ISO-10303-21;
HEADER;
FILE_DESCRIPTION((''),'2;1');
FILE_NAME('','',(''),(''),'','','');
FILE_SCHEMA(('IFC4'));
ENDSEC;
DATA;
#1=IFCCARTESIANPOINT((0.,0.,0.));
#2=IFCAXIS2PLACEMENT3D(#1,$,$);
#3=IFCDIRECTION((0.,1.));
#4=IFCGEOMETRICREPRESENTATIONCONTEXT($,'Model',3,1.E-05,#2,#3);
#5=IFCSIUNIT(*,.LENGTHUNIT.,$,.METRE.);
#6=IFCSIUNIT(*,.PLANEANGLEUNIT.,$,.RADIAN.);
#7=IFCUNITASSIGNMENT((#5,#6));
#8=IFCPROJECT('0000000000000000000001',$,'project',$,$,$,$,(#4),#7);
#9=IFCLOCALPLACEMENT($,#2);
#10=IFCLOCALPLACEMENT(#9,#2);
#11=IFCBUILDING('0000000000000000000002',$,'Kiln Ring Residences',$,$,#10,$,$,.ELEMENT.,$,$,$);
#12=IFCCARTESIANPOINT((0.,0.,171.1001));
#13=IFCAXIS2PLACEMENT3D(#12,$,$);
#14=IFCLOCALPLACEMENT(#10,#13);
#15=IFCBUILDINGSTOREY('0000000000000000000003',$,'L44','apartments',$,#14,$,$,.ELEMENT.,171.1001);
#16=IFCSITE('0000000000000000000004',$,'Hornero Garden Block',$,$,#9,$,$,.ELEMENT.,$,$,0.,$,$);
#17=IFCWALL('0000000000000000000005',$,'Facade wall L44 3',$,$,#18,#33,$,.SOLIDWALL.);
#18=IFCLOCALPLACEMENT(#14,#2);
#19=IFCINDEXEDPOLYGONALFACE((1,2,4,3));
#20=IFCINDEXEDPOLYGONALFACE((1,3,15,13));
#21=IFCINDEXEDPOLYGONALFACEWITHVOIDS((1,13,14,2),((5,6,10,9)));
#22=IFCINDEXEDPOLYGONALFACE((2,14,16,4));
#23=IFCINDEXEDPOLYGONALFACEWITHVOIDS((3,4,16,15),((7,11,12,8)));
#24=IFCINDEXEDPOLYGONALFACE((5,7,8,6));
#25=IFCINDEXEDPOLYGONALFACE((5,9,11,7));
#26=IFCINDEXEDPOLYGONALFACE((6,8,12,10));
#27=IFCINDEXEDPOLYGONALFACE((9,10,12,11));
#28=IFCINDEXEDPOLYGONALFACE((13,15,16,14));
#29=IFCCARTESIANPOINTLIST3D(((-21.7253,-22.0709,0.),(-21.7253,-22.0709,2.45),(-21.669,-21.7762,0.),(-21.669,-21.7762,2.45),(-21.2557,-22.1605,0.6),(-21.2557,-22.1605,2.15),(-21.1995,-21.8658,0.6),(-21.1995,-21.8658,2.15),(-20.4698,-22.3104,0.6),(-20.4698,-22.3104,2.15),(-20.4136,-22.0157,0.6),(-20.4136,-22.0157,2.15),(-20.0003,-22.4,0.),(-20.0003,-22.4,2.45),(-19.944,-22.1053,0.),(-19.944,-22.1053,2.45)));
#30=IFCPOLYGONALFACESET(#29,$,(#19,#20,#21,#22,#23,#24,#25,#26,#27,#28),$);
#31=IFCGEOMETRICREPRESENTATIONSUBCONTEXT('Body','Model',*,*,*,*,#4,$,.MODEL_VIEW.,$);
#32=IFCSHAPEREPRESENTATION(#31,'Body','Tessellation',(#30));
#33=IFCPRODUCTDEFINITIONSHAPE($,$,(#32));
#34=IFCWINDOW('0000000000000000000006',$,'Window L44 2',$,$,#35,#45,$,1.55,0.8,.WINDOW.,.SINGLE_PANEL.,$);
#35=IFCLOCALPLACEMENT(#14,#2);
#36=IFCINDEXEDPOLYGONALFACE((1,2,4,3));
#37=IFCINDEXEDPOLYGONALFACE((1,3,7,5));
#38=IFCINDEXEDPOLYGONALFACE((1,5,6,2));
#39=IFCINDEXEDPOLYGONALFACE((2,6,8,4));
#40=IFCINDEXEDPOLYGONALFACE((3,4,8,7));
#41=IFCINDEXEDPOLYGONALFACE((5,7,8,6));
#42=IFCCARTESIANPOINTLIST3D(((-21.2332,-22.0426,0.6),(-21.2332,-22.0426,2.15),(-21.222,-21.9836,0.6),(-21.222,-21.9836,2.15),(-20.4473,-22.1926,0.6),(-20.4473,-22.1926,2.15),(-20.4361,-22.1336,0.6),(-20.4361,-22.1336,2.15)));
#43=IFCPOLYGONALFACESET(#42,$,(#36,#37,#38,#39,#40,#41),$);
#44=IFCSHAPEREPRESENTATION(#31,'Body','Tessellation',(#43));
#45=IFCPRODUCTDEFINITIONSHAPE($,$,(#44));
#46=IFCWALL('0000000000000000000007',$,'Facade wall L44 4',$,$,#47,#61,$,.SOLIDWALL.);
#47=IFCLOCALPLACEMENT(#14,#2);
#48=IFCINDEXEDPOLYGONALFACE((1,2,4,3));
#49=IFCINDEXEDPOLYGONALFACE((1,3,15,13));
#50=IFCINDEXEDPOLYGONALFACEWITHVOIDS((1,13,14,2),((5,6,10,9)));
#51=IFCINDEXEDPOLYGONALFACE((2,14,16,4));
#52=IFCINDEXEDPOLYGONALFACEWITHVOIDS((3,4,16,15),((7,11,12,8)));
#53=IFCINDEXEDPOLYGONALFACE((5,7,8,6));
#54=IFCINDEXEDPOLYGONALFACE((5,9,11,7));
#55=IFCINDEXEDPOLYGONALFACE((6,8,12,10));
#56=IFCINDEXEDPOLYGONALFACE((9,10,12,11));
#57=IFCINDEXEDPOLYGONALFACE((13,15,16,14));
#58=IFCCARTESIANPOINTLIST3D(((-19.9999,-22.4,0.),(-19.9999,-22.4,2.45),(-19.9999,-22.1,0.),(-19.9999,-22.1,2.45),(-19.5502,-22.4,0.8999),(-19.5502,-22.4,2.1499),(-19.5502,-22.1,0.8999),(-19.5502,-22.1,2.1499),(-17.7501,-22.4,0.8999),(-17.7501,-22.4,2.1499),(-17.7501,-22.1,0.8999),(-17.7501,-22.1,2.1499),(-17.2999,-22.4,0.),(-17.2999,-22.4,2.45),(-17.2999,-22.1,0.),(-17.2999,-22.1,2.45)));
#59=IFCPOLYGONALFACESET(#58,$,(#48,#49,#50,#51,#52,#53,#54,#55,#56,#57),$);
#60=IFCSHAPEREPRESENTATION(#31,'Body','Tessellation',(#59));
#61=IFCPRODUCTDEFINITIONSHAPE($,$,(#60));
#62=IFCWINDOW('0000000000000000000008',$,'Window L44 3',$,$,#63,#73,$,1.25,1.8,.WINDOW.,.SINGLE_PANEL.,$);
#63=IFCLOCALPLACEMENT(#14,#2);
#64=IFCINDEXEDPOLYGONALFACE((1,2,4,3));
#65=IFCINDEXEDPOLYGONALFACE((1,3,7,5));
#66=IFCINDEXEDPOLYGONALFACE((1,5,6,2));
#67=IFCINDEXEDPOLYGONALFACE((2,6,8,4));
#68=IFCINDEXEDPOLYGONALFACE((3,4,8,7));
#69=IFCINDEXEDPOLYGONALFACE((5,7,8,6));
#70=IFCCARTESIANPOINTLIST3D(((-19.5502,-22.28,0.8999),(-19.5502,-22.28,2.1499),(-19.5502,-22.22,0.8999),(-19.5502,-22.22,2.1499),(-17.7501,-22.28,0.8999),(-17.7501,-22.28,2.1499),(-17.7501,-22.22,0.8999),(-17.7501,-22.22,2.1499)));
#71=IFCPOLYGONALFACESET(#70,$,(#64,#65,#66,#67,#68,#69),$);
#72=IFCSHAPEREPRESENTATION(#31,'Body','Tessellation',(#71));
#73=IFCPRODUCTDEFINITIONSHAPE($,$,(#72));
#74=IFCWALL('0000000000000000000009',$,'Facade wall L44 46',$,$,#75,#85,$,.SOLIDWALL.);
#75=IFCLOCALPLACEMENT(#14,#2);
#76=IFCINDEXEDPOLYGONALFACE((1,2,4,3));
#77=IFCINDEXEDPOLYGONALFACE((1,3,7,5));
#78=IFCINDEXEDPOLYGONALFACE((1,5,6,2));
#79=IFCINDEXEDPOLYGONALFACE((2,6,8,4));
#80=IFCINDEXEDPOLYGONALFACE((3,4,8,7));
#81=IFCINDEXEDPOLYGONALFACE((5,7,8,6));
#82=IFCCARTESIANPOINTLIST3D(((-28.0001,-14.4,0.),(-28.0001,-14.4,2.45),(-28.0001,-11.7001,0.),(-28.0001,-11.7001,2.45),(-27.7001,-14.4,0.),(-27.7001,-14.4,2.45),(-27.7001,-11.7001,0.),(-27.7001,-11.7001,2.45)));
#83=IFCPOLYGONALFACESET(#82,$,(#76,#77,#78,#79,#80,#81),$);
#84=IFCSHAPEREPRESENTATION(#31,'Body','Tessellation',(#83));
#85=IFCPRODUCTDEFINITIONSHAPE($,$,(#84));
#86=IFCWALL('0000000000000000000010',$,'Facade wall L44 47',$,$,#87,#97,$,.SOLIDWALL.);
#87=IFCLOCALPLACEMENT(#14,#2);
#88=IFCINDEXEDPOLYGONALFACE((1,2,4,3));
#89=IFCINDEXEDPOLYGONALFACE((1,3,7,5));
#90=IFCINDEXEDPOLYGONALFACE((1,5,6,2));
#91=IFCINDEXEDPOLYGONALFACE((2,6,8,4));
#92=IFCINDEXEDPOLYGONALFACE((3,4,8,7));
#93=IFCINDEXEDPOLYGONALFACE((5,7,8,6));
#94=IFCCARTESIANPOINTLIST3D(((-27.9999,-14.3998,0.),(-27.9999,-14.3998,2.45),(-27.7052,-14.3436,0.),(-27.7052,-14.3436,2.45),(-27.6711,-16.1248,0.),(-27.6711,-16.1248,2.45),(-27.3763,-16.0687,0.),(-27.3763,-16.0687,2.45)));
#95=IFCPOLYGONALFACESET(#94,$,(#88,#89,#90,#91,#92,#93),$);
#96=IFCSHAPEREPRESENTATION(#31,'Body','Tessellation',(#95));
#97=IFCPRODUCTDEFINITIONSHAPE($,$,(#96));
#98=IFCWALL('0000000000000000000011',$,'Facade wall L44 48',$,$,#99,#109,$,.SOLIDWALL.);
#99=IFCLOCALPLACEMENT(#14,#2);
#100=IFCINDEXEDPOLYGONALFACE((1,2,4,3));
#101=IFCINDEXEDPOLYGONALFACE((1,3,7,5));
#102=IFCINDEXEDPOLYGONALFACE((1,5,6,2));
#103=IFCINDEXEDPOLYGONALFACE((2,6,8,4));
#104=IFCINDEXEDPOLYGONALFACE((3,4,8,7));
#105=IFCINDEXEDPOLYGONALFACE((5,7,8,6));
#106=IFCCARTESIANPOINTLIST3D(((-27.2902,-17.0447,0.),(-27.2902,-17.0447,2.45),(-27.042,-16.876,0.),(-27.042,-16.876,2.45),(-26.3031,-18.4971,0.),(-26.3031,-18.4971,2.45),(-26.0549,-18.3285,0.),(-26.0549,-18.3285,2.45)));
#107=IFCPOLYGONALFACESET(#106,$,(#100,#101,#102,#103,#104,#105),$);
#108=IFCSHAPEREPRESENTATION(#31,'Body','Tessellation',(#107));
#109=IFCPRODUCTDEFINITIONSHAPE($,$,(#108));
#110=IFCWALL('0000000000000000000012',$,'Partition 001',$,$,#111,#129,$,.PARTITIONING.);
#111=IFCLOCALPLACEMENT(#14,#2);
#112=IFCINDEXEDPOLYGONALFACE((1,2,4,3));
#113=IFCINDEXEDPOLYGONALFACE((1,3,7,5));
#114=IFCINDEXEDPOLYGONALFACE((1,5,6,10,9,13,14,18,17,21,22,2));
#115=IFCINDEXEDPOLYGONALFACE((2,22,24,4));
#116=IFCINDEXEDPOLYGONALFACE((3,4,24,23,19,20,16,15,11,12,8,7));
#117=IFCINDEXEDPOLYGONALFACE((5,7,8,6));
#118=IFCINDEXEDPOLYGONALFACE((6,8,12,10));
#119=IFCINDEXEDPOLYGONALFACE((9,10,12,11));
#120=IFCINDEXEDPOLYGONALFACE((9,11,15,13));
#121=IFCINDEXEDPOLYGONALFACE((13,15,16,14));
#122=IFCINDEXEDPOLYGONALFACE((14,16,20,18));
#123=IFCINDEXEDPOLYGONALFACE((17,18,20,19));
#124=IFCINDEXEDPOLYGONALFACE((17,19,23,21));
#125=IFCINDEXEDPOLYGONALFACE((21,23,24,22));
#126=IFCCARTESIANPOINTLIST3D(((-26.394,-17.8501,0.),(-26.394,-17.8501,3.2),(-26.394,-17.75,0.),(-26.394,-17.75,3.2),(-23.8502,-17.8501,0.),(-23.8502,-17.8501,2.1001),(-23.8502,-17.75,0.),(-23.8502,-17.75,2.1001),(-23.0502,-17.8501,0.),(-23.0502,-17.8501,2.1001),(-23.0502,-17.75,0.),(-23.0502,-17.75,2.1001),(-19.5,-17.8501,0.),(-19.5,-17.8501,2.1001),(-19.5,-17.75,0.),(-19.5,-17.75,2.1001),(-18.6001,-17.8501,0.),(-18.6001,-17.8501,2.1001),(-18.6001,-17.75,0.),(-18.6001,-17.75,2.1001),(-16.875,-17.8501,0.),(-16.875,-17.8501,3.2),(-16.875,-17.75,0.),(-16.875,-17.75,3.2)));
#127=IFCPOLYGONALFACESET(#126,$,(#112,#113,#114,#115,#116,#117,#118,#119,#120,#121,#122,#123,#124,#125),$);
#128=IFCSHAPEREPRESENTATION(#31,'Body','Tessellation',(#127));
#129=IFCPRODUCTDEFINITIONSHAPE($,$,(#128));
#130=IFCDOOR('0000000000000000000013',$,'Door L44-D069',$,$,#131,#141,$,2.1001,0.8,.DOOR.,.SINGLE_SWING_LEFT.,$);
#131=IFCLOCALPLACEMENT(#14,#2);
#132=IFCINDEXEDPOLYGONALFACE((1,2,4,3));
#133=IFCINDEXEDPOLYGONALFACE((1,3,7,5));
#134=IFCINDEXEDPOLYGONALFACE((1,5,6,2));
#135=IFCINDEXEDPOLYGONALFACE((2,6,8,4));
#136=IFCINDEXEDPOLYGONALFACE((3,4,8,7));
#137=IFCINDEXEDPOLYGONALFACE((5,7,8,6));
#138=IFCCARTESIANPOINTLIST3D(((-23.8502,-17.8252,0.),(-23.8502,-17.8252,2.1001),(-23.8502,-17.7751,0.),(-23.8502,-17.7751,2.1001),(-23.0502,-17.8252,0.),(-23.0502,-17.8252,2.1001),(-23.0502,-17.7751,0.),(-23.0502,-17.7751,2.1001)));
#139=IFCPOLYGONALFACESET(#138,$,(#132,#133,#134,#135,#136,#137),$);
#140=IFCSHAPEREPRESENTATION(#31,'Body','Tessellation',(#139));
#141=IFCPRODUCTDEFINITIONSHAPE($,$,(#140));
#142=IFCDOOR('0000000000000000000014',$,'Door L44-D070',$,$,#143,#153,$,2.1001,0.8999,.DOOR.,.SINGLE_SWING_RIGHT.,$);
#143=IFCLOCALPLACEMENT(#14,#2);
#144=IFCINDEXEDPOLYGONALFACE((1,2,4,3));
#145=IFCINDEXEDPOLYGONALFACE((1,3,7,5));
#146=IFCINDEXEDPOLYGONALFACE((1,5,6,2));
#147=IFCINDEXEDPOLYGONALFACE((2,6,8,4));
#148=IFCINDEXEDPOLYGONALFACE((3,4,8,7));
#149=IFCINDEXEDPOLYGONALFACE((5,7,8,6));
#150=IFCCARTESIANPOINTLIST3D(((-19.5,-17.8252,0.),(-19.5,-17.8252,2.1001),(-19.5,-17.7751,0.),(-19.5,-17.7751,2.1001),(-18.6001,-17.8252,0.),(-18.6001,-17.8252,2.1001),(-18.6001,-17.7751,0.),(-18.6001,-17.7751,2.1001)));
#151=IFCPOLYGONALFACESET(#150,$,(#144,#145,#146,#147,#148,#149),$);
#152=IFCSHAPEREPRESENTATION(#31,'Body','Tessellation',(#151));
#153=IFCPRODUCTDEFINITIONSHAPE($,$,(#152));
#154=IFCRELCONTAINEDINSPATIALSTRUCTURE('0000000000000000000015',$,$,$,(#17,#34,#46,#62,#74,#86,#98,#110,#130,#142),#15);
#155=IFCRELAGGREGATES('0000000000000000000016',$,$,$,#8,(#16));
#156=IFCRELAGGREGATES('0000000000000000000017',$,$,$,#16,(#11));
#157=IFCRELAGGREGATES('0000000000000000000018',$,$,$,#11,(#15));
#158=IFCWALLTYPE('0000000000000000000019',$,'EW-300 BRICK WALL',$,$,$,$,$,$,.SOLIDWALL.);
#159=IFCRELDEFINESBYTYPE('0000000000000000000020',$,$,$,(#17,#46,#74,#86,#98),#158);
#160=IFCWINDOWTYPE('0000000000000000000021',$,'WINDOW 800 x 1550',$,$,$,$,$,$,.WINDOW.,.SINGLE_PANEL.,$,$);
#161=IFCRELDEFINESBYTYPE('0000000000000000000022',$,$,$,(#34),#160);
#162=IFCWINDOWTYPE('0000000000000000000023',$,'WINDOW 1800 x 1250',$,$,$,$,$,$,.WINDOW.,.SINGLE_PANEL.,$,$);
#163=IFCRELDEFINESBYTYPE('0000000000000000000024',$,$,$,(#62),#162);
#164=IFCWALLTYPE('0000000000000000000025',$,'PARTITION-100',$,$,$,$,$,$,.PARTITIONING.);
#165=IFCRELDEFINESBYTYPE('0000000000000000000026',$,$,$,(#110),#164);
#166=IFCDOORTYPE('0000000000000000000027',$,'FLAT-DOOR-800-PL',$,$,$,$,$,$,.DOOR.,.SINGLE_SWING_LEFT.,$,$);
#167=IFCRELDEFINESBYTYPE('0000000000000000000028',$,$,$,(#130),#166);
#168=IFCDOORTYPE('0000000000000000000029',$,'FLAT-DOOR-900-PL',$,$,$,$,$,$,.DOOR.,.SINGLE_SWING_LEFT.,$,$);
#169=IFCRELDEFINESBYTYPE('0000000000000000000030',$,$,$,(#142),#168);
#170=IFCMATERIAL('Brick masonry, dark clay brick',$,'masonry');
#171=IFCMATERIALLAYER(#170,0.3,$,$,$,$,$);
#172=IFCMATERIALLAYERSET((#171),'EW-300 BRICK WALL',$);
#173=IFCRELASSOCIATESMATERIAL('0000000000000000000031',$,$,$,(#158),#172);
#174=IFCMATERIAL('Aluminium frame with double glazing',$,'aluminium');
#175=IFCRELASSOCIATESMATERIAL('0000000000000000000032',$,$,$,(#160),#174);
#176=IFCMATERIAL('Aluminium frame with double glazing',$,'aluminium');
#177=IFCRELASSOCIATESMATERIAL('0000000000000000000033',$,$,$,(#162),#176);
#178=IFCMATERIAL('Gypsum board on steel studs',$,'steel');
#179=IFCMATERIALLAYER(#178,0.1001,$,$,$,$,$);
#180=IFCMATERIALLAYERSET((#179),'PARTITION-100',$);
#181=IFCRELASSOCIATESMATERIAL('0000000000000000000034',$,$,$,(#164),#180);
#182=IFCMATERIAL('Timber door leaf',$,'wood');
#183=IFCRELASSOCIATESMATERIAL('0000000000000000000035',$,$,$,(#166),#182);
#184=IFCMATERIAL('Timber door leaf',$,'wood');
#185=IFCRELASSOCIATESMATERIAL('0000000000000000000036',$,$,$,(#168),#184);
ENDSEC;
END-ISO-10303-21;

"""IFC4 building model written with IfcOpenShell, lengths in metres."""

from ifc_helpers import new_model, si_unit, direction, frame, frame_2d, origin, place, context, subcontext, project, spatial, rectangle, extrude, material, layer, layer_set, type_object, element, fill, save


model = new_model("IFC4")

# Units and contexts
model_context = context("Model", 3, precision=1e-05, world=origin(), true_north=direction((0.0, 1.0)))
body_context = subcontext(model_context, "Body", "Model", "MODEL_VIEW")
ifc_project = project(units=[si_unit("LENGTHUNIT", "METRE"), si_unit("PLANEANGLEUNIT", "RADIAN")], contexts=[model_context])

# Site, building, storey
site_placement = place(None, origin())
site = spatial("IfcSite", under=ifc_project, at=site_placement, Name="Hornero Garden Block", CompositionType="ELEMENT", RefElevation=0.0)
building_placement = place(site_placement, origin())
building = spatial("IfcBuilding", under=site, at=building_placement, Name="Kiln Ring Residences", CompositionType="ELEMENT")
storey_placement = place(building_placement, frame((0.0, 0.0, 171.1001)))
storey = spatial("IfcBuildingStorey", under=building, at=storey_placement, Name="L44", Description="apartments", CompositionType="ELEMENT", Elevation=171.1001)

# Shared definitions
ifc_material_1 = material(Name="Brick masonry, dark clay brick", Category="masonry")
ifc_layer_1 = layer(ifc_material_1, 0.3)
ifc_layer_set_1 = layer_set([ifc_layer_1], Name="EW-300 BRICK WALL")
wall_type_1 = type_object("IfcWallType", Name="EW-300 BRICK WALL", PredefinedType="SOLIDWALL", material=ifc_layer_set_1)

# Walls, openings, windows
wall_1_placement = place(storey_placement, frame((-21.697, -21.9236, 0.0), z_axis=(0.0, 0.0, 1.0), x_axis=(0.982285, -0.187393, 0.0)))
wall_1 = element("IfcWall", 1, at=wall_1_placement, inside=storey, type_object=wall_type_1, Name="Facade wall L44 3", PredefinedType="SOLIDWALL", context=body_context, shape_type="SweptSolid", body=[
    extrude(rectangle(XDim=1.7561, YDim=0.3, at=frame_2d((0.8779, 0.0))), origin(), (0.0, 0.0, 1.0), 2.45),
])
opening_1_placement = place(wall_1_placement, frame((0.478, 0.0, 0.6001)))
opening_1 = element("IfcOpeningElement", 2, at=opening_1_placement, cuts=wall_1, PredefinedType="OPENING", context=body_context, shape_type="SweptSolid", body=[
    extrude(rectangle(XDim=0.8, YDim=1.55, at=frame_2d((0.3999, 0.7749))), frame((0.0, 0.1599, 0.0), z_axis=(0.0, -1.0, 0.0), x_axis=(1.0, 0.0, 0.0)), (0.0, 0.0, 1.0), 0.3201),
])
ifc_material_2 = material(Name="Aluminium frame with double glazing", Category="aluminium")
window_type_1 = type_object("IfcWindowType", Name="WINDOW 800 x 1550", PartitioningType="SINGLE_PANEL", PredefinedType="WINDOW", material=ifc_material_2)
window_1_placement = place(opening_1_placement, origin())
window_1 = element("IfcWindow", 3, at=window_1_placement, inside=storey, type_object=window_type_1, Name="Window L44 2", OverallHeight=1.55, OverallWidth=0.8, PartitioningType="SINGLE_PANEL", PredefinedType="WINDOW", context=body_context, shape_type="SweptSolid", body=[
    extrude(rectangle(XDim=0.8, YDim=1.55, at=frame_2d((0.3999, 0.7749))), frame((0.0, 0.03, 0.0), z_axis=(0.0, -1.0, 0.0), x_axis=(1.0, 0.0, 0.0)), (0.0, 0.0, 1.0), 0.0601),
])
fill(opening_1, window_1)
wall_2_placement = place(storey_placement, frame((-20.0, -22.25, 0.0), z_axis=(0.0, 0.0, 1.0), x_axis=(1.0, 0.0, 0.0)))
wall_2 = element("IfcWall", 4, at=wall_2_placement, inside=storey, type_object=wall_type_1, Name="Facade wall L44 4", PredefinedType="SOLIDWALL", context=body_context, shape_type="SweptSolid", body=[
    extrude(rectangle(XDim=2.7, YDim=0.3, at=frame_2d((1.3501, 0.0))), origin(), (0.0, 0.0, 1.0), 2.45),
])
opening_2_placement = place(wall_2_placement, frame((0.45, 0.0, 0.8999)))
opening_2 = element("IfcOpeningElement", 5, at=opening_2_placement, cuts=wall_2, PredefinedType="OPENING", context=body_context, shape_type="SweptSolid", body=[
    extrude(rectangle(XDim=1.8, YDim=1.25, at=frame_2d((0.8999, 0.625))), frame((0.0, 0.1599, 0.0), z_axis=(0.0, -1.0, 0.0), x_axis=(1.0, 0.0, 0.0)), (0.0, 0.0, 1.0), 0.3201),
])
ifc_material_3 = material(Name="Aluminium frame with double glazing", Category="aluminium")
window_type_2 = type_object("IfcWindowType", Name="WINDOW 1800 x 1250", PartitioningType="SINGLE_PANEL", PredefinedType="WINDOW", material=ifc_material_3)
window_2_placement = place(opening_2_placement, origin())
window_2 = element("IfcWindow", 6, at=window_2_placement, inside=storey, type_object=window_type_2, Name="Window L44 3", OverallHeight=1.25, OverallWidth=1.8, PartitioningType="SINGLE_PANEL", PredefinedType="WINDOW", context=body_context, shape_type="SweptSolid", body=[
    extrude(rectangle(XDim=1.8, YDim=1.25, at=frame_2d((0.8999, 0.625))), frame((0.0, 0.03, 0.0), z_axis=(0.0, -1.0, 0.0), x_axis=(1.0, 0.0, 0.0)), (0.0, 0.0, 1.0), 0.0601),
])
fill(opening_2, window_2)

# Walls
wall_3_placement = place(storey_placement, frame((-27.8501, -11.7, 0.0), z_axis=(0.0, 0.0, 1.0), x_axis=(0.0, -1.0, 0.0)))
element("IfcWall", 7, at=wall_3_placement, inside=storey, type_object=wall_type_1, Name="Facade wall L44 46", PredefinedType="SOLIDWALL", context=body_context, shape_type="SweptSolid", body=[
    extrude(rectangle(XDim=2.7, YDim=0.3, at=frame_2d((1.3501, 0.0))), origin(), (0.0, 0.0, 1.0), 2.45),
])
for number, where, z_axis, x_axis, name in (
    (8, (-27.8525, -14.3718, 0.0), (0.0, 0.0, 1.0), (0.187259, -0.982311, 0.0), "Facade wall L44 47"),
    (9, (-27.166, -16.9604, 0.0), (0.0, 0.0, 1.0), (0.562089, -0.827076, 0.0), "Facade wall L44 48"),
):
    element("IfcWall", number, at=place(storey_placement, frame(where, z_axis=z_axis, x_axis=x_axis)), inside=storey, type_object=wall_type_1, Name=name, PredefinedType="SOLIDWALL", context=body_context, shape_type="SweptSolid", body=[
        extrude(rectangle(XDim=1.7561, YDim=0.3, at=frame_2d((0.8779, 0.0))), origin(), (0.0, 0.0, 1.0), 2.45),
    ])

# Wall, openings, doors
ifc_material_4 = material(Name="Gypsum board on steel studs", Category="steel")
ifc_layer_2 = layer(ifc_material_4, 0.1001)
ifc_layer_set_2 = layer_set([ifc_layer_2], Name="PARTITION-100")
wall_type_2 = type_object("IfcWallType", Name="PARTITION-100", PredefinedType="PARTITIONING", material=ifc_layer_set_2)
wall_4_placement = place(storey_placement, frame((-26.394, -17.8, 0.0), z_axis=(0.0, 0.0, 1.0), x_axis=(1.0, 0.0, 0.0)))
wall_4 = element("IfcWall", 10, at=wall_4_placement, inside=storey, type_object=wall_type_2, Name="Partition 001", PredefinedType="PARTITIONING", context=body_context, shape_type="SweptSolid", body=[
    extrude(rectangle(XDim=9.519, YDim=0.1001, at=frame_2d((4.7595, 0.0))), origin(), (0.0, 0.0, 1.0), 3.2),
])
opening_3_placement = place(wall_4_placement, frame((2.5439, 0.0, 0.0)))
opening_3 = element("IfcOpeningElement", 11, at=opening_3_placement, cuts=wall_4, PredefinedType="OPENING", context=body_context, shape_type="SweptSolid", body=[
    extrude(rectangle(XDim=0.8, YDim=2.1001, at=frame_2d((0.3999, 1.05))), frame((0.0, 0.0601, 0.0), z_axis=(0.0, -1.0, 0.0), x_axis=(1.0, 0.0, 0.0)), (0.0, 0.0, 1.0), 0.1201),
])
opening_4_placement = place(wall_4_placement, frame((6.894, 0.0, 0.0)))
opening_4 = element("IfcOpeningElement", 12, at=opening_4_placement, cuts=wall_4, PredefinedType="OPENING", context=body_context, shape_type="SweptSolid", body=[
    extrude(rectangle(XDim=0.8999, YDim=2.1001, at=frame_2d((0.45, 1.05))), frame((0.0, 0.0601, 0.0), z_axis=(0.0, -1.0, 0.0), x_axis=(1.0, 0.0, 0.0)), (0.0, 0.0, 1.0), 0.1201),
])
ifc_material_5 = material(Name="Timber door leaf", Category="wood")
door_type_1 = type_object("IfcDoorType", Name="FLAT-DOOR-800-PL", OperationType="SINGLE_SWING_LEFT", PredefinedType="DOOR", material=ifc_material_5)
door_1_placement = place(opening_3_placement, origin())
door_1 = element("IfcDoor", 13, at=door_1_placement, inside=storey, type_object=door_type_1, Name="Door L44-D069", OperationType="SINGLE_SWING_LEFT", OverallHeight=2.1001, OverallWidth=0.8, PredefinedType="DOOR", context=body_context, shape_type="SweptSolid", body=[
    extrude(rectangle(XDim=0.8, YDim=2.1001, at=frame_2d((0.3999, 1.05))), frame((0.0, 0.0249, 0.0), z_axis=(0.0, -1.0, 0.0), x_axis=(1.0, 0.0, 0.0)), (0.0, 0.0, 1.0), 0.05),
])
fill(opening_3, door_1)
ifc_material_6 = material(Name="Timber door leaf", Category="wood")
door_type_2 = type_object("IfcDoorType", Name="FLAT-DOOR-900-PL", OperationType="SINGLE_SWING_LEFT", PredefinedType="DOOR", material=ifc_material_6)
door_2_placement = place(opening_4_placement, origin())
door_2 = element("IfcDoor", 14, at=door_2_placement, inside=storey, type_object=door_type_2, Name="Door L44-D070", OperationType="SINGLE_SWING_RIGHT", OverallHeight=2.1001, OverallWidth=0.8999, PredefinedType="DOOR", context=body_context, shape_type="SweptSolid", body=[
    extrude(rectangle(XDim=0.8999, YDim=2.1001, at=frame_2d((0.45, 1.05))), frame((0.0, 0.0249, 0.0), z_axis=(0.0, -1.0, 0.0), x_axis=(1.0, 0.0, 0.0)), (0.0, 0.0, 1.0), 0.05),
])
fill(opening_4, door_2)

save(model, "model.ifc")
